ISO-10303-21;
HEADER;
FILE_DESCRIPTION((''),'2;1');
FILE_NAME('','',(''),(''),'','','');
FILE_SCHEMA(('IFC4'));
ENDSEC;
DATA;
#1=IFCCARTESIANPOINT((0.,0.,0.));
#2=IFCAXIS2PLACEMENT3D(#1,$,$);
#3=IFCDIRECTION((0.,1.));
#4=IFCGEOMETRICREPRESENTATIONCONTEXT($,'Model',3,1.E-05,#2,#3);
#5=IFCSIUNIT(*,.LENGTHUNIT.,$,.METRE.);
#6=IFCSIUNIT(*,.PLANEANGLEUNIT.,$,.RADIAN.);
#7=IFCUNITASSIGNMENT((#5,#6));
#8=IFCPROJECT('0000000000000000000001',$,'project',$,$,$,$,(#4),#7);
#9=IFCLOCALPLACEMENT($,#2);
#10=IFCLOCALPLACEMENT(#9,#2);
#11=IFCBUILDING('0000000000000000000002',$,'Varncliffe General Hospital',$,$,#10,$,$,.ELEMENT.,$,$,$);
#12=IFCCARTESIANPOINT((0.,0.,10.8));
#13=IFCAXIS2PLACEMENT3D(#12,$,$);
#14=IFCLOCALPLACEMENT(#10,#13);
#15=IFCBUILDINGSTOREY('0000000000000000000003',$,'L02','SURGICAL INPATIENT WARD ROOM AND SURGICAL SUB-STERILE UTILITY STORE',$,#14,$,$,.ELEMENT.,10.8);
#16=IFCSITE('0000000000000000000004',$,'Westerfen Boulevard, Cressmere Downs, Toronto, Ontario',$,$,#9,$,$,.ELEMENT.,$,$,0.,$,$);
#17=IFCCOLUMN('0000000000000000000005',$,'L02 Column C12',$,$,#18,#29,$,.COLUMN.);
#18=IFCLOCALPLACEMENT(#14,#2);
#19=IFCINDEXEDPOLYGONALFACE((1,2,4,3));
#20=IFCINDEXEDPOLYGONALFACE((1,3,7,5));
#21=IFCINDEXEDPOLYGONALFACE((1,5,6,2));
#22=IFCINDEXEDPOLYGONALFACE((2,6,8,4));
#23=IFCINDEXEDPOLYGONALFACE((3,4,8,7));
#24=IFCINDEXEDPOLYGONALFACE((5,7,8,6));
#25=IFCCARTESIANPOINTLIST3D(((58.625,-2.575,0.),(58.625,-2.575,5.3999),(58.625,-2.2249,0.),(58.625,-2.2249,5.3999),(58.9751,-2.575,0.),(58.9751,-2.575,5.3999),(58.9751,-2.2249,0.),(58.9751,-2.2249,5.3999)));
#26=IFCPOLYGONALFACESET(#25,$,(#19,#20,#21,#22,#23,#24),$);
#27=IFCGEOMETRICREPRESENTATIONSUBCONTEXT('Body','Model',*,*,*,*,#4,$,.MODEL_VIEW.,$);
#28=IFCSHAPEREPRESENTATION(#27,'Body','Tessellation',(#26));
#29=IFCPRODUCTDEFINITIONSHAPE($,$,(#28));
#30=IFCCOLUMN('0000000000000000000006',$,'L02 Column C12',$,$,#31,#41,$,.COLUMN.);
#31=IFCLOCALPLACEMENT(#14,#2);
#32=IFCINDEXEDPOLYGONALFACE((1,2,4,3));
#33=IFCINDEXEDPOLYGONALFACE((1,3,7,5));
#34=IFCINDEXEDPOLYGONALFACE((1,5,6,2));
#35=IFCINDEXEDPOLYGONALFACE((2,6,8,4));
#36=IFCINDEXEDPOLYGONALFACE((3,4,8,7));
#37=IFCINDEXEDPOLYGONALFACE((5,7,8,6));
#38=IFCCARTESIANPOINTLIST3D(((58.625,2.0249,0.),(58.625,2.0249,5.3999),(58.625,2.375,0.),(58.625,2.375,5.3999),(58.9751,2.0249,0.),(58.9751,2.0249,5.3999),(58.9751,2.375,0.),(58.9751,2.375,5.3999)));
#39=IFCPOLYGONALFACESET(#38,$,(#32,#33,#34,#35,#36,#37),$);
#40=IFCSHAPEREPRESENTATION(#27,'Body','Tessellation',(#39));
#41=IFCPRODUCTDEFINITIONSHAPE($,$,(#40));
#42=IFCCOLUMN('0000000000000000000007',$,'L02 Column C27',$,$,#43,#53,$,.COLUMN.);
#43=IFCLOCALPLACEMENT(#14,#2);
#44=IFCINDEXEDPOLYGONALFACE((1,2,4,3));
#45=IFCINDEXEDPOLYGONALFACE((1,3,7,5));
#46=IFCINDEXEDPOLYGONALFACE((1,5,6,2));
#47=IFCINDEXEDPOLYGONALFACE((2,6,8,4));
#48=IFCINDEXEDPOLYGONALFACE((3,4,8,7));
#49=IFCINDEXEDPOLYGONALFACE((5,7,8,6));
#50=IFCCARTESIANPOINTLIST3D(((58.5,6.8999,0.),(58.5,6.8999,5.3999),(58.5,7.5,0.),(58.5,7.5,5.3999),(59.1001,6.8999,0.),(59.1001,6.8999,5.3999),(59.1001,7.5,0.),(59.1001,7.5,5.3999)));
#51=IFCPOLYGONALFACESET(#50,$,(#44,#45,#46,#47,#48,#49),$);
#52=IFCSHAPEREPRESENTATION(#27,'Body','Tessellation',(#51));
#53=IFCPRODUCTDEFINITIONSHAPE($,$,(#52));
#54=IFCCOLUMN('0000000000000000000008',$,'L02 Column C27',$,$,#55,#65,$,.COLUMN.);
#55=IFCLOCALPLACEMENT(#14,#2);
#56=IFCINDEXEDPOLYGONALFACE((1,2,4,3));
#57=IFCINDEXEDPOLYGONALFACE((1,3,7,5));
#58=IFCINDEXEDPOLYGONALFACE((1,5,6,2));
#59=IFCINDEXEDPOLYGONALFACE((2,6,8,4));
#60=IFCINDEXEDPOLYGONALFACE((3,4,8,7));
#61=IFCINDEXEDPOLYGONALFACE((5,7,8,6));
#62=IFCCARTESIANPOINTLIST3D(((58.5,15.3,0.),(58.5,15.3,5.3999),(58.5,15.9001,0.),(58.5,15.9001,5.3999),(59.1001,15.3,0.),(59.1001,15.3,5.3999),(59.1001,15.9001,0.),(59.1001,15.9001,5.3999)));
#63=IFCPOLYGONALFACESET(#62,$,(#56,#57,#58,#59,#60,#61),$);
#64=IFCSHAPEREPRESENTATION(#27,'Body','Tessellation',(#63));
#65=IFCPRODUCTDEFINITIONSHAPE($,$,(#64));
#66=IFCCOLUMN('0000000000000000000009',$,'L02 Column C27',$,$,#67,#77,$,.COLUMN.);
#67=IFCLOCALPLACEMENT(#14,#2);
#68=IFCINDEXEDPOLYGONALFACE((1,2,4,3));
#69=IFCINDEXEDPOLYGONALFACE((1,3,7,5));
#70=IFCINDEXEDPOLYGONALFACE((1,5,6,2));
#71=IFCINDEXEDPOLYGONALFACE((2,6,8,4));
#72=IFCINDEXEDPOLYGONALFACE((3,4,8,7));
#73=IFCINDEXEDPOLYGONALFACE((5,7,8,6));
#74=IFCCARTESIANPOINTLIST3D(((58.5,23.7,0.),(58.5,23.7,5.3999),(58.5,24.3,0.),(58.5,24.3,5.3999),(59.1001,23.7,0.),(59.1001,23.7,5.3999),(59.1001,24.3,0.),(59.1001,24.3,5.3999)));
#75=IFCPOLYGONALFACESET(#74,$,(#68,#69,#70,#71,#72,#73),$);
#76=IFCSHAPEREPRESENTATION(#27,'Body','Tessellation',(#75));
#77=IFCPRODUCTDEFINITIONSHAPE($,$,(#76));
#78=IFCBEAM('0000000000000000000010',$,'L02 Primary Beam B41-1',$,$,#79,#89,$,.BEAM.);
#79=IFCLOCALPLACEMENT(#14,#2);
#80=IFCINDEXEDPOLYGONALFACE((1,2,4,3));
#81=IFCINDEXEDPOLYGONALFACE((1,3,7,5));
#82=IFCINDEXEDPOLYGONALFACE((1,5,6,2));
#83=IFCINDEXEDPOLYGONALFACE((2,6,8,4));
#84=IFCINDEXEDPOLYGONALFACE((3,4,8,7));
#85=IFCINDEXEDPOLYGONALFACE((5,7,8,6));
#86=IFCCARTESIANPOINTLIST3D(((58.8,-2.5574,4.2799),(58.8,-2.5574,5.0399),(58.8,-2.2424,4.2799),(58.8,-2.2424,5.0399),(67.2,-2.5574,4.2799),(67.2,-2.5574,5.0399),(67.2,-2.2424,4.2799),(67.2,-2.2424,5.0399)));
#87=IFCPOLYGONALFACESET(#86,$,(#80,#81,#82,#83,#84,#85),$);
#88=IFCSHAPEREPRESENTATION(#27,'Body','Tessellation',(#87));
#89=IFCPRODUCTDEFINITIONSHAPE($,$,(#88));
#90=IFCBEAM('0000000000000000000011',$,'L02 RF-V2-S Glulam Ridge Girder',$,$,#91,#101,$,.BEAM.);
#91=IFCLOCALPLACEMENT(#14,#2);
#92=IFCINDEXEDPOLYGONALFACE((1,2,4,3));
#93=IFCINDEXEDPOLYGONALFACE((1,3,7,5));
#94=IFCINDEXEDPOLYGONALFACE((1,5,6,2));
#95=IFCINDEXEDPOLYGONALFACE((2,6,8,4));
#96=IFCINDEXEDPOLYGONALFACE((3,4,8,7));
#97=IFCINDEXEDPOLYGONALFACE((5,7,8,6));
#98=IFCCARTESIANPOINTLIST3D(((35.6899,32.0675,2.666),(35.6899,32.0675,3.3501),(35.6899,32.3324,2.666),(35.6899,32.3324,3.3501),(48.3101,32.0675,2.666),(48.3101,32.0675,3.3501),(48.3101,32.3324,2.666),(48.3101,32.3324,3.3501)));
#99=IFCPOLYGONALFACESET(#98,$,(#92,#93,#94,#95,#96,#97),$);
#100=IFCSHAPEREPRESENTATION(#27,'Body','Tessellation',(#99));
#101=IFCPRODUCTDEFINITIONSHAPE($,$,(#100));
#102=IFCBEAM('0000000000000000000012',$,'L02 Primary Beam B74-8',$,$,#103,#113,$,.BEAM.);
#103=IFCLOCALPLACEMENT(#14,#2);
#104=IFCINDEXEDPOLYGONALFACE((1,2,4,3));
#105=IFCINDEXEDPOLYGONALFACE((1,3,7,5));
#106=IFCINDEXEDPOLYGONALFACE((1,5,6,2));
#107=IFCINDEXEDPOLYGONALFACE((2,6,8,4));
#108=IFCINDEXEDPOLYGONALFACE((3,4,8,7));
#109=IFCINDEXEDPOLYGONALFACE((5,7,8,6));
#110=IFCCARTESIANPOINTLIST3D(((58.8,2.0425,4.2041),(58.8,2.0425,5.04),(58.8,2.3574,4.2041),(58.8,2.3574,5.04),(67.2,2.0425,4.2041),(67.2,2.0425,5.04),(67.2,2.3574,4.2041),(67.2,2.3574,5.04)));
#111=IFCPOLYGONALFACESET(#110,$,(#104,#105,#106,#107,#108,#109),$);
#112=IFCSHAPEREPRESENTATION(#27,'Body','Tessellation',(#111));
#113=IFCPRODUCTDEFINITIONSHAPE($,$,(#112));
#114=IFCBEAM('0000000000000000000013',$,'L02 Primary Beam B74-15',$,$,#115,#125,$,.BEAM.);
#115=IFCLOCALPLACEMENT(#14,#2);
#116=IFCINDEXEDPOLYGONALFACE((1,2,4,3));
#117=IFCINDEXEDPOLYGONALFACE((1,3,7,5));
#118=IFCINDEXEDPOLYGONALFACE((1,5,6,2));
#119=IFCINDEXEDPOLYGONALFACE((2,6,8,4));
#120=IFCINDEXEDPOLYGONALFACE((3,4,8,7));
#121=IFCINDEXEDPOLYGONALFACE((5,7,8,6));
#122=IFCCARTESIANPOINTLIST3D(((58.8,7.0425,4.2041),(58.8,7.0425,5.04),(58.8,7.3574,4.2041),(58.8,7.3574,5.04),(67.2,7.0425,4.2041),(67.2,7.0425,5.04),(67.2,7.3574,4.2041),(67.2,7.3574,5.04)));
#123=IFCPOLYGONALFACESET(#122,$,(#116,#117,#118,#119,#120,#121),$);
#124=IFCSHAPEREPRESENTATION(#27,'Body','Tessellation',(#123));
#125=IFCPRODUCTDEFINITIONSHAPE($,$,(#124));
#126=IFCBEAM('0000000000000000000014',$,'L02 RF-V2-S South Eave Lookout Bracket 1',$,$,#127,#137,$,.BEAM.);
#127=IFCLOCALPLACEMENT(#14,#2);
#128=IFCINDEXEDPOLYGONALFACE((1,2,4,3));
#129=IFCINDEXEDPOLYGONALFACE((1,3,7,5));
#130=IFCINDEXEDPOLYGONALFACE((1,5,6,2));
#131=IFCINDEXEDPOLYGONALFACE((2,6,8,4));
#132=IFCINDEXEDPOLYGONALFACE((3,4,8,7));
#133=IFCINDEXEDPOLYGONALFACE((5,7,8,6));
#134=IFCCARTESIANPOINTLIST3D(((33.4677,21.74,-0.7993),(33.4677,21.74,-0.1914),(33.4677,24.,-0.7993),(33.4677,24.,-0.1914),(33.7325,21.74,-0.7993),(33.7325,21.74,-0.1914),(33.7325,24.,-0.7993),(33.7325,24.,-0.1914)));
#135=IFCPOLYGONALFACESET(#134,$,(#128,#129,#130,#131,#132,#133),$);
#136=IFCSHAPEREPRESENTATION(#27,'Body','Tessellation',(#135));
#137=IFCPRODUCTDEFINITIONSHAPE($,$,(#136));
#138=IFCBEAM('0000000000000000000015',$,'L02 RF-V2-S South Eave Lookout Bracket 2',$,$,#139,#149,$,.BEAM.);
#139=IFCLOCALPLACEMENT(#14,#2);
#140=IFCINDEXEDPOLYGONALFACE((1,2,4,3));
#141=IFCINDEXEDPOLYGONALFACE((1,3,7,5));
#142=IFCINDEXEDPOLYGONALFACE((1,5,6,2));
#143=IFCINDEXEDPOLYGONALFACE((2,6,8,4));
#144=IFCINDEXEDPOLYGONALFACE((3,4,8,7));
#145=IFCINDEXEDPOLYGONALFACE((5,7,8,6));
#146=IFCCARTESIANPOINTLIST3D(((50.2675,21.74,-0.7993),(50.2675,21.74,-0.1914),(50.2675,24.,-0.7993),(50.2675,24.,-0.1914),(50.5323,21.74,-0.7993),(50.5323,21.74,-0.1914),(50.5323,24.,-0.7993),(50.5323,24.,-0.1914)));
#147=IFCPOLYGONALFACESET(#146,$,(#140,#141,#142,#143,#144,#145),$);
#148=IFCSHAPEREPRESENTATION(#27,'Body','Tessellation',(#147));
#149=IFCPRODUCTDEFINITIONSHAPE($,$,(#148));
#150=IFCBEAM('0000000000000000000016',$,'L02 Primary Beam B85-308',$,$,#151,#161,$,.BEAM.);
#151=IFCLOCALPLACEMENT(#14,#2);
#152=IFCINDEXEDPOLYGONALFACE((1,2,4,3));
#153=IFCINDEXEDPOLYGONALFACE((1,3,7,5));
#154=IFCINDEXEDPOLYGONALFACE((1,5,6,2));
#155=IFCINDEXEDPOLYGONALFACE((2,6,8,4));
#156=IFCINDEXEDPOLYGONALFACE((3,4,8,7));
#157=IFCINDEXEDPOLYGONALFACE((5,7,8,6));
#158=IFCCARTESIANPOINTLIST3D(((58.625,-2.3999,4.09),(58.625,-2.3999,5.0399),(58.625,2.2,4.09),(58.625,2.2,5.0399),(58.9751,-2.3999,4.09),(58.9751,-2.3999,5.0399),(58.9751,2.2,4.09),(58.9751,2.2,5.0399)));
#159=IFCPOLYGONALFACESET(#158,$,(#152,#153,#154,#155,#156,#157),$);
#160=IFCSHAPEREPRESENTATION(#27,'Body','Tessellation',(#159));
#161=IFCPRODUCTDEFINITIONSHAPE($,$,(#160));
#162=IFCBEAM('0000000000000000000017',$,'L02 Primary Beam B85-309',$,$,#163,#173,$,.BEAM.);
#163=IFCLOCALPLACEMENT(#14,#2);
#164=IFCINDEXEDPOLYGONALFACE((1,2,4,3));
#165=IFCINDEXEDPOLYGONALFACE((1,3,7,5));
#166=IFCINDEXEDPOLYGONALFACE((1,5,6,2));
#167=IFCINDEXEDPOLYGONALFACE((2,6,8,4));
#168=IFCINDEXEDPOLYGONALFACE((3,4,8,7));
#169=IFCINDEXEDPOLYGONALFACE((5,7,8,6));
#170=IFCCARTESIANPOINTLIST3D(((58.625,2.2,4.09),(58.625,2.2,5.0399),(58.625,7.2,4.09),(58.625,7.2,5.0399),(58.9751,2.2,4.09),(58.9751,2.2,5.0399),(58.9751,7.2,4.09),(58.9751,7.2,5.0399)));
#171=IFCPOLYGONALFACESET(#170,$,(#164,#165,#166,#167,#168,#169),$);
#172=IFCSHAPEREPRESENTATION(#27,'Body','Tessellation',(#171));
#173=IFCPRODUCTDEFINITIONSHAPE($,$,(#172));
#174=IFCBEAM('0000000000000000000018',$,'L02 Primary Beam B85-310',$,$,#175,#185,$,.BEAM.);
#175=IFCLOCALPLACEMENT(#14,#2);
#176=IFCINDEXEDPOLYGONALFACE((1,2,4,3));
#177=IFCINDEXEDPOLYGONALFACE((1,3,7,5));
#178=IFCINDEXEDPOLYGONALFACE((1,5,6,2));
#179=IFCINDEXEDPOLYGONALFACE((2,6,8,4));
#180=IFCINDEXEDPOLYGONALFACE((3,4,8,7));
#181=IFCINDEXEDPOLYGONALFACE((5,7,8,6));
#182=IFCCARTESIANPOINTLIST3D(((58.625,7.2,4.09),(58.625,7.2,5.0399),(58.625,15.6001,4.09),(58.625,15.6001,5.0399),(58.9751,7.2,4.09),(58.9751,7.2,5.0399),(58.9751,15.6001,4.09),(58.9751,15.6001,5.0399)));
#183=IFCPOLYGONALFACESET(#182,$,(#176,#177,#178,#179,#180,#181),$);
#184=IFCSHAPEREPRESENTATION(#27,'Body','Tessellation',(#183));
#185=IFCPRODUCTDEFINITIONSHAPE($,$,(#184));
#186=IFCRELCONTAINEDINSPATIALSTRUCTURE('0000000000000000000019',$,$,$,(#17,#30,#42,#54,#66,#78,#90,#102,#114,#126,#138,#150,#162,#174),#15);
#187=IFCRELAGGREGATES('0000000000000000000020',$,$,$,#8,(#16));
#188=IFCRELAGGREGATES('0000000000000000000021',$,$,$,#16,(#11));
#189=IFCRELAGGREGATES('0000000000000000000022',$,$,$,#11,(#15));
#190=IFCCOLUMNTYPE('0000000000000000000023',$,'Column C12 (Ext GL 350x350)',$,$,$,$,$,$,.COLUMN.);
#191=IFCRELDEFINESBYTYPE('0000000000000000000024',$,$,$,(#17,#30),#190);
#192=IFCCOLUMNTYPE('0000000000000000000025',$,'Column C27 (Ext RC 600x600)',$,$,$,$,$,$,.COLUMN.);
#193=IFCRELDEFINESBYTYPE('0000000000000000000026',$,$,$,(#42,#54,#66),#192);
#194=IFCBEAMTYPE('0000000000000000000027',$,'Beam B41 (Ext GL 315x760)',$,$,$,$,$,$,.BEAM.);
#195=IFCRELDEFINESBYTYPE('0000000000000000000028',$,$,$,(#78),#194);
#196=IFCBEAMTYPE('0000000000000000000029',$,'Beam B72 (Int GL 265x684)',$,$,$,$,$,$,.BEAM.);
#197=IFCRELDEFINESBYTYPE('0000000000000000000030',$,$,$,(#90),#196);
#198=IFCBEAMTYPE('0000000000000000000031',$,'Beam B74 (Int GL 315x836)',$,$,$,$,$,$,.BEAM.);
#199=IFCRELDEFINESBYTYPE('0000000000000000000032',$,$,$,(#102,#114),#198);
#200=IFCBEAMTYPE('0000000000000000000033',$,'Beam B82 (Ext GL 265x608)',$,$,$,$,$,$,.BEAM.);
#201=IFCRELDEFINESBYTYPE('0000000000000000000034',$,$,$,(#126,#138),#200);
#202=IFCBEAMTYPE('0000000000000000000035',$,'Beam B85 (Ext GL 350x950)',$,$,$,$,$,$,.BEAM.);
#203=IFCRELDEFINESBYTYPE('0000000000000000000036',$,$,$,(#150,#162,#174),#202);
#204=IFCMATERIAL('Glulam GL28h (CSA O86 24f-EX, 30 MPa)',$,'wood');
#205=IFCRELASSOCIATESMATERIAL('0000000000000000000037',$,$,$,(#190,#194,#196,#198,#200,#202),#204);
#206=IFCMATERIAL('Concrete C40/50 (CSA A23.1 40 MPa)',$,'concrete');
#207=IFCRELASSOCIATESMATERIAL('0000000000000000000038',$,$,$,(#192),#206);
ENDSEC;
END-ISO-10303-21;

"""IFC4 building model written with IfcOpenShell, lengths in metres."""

from ifc_helpers import new_model, si_unit, direction, frame, origin, origin_2d, place, context, subcontext, project, spatial, rectangle, extrude, material, material_profile, profile_set, type_object, element, save


model = new_model("IFC4")

# Units and contexts
model_context = context("Model", 3, precision=1e-05, world=origin(), true_north=direction((0.0, 1.0)))
body_context = subcontext(model_context, "Body", "Model", "MODEL_VIEW")
ifc_project = project(units=[si_unit("LENGTHUNIT", "METRE"), si_unit("PLANEANGLEUNIT", "RADIAN")], contexts=[model_context])

# Site, building, storey
site_placement = place(None, origin())
site = spatial("IfcSite", under=ifc_project, at=site_placement, Name="Westerfen Boulevard, Cressmere Downs, Toronto, Ontario", CompositionType="ELEMENT", RefElevation=0.0)
building_placement = place(site_placement, origin())
building = spatial("IfcBuilding", under=site, at=building_placement, Name="Varncliffe General Hospital", CompositionType="ELEMENT")
storey_placement = place(building_placement, frame((0.0, 0.0, 10.8)))
storey = spatial("IfcBuildingStorey", under=building, at=storey_placement, Name="L02", Description="SURGICAL INPATIENT WARD ROOM AND SURGICAL SUB-STERILE UTILITY STORE", CompositionType="ELEMENT", Elevation=10.8)

# Columns
ifc_material_1 = material(Name="Glulam GL28h (CSA O86 24f-EX, 30 MPa)", Category="wood")
ifc_material_profile_1 = material_profile(ifc_material_1, rectangle(XDim=0.3501, YDim=0.3501, at=origin_2d()), Name="GL 350x350")
ifc_profile_set_1 = profile_set([ifc_material_profile_1], Name="Glulam GL28h (CSA O86 24f-EX, 30 MPa)")
column_type_1 = type_object("IfcColumnType", Name="Column C12 (Ext GL 350x350)", PredefinedType="COLUMN", material=ifc_profile_set_1)
for number, where, z_axis, x_axis, name in (
    (1, (58.8, -2.3999, 0.0), (0.0, 0.0, 1.0), (1.0, 0.0, 0.0), "L02 Column C12"),
    (2, (58.8, 2.2, 0.0), (0.0, 0.0, 1.0), (1.0, 0.0, 0.0), "L02 Column C12"),
):
    element("IfcColumn", number, at=place(storey_placement, frame(where, z_axis=z_axis, x_axis=x_axis)), inside=storey, type_object=column_type_1, Name=name, PredefinedType="COLUMN", context=body_context, shape_type="SweptSolid", body=[
        extrude(rectangle(XDim=0.3501, YDim=0.3501, at=origin_2d()), origin(), (0.0, 0.0, 1.0), 5.3999),
    ])
ifc_material_2 = material(Name="Concrete C40/50 (CSA A23.1 40 MPa)", Category="concrete")
ifc_material_profile_2 = material_profile(ifc_material_2, rectangle(XDim=0.6001, YDim=0.6001, at=origin_2d()), Name="RC 600x600")
ifc_profile_set_2 = profile_set([ifc_material_profile_2], Name="Concrete C40/50 (CSA A23.1 40 MPa)")
column_type_2 = type_object("IfcColumnType", Name="Column C27 (Ext RC 600x600)", PredefinedType="COLUMN", material=ifc_profile_set_2)
for number, where, z_axis, x_axis, name in (
    (3, (58.8, 7.2, 0.0), (0.0, 0.0, 1.0), (1.0, 0.0, 0.0), "L02 Column C27"),
    (4, (58.8, 15.6001, 0.0), (0.0, 0.0, 1.0), (1.0, 0.0, 0.0), "L02 Column C27"),
    (5, (58.8, 24.0, 0.0), (0.0, 0.0, 1.0), (1.0, 0.0, 0.0), "L02 Column C27"),
):
    element("IfcColumn", number, at=place(storey_placement, frame(where, z_axis=z_axis, x_axis=x_axis)), inside=storey, type_object=column_type_2, Name=name, PredefinedType="COLUMN", context=body_context, shape_type="SweptSolid", body=[
        extrude(rectangle(XDim=0.6001, YDim=0.6001, at=origin_2d()), origin(), (0.0, 0.0, 1.0), 5.3999),
    ])

# Beams
ifc_material_profile_3 = material_profile(ifc_material_1, rectangle(XDim=0.3149, YDim=0.76, at=origin_2d()), Name="GL 315x760")
ifc_profile_set_3 = profile_set([ifc_material_profile_3], Name="Glulam GL28h (CSA O86 24f-EX, 30 MPa)")
beam_type_1 = type_object("IfcBeamType", Name="Beam B41 (Ext GL 315x760)", PredefinedType="BEAM", material=ifc_profile_set_3)
beam_1_placement = place(storey_placement, frame((58.8, -2.3999, 4.6599), z_axis=(1.0, 0.0, 0.0), x_axis=(0.0, 1.0, 0.0)))
element("IfcBeam", 6, at=beam_1_placement, inside=storey, type_object=beam_type_1, Name="L02 Primary Beam B41-1", PredefinedType="BEAM", context=body_context, shape_type="SweptSolid", body=[
    extrude(rectangle(XDim=0.3149, YDim=0.76, at=origin_2d()), origin(), (0.0, 0.0, 1.0), 8.3999),
])
ifc_material_profile_4 = material_profile(ifc_material_1, rectangle(XDim=0.2649, YDim=0.6841, at=origin_2d()), Name="GL 265x684")
ifc_profile_set_4 = profile_set([ifc_material_profile_4], Name="Glulam GL28h (CSA O86 24f-EX, 30 MPa)")
beam_type_2 = type_object("IfcBeamType", Name="Beam B72 (Int GL 265x684)", PredefinedType="BEAM", material=ifc_profile_set_4)
beam_2_placement = place(storey_placement, frame((35.6899, 32.2, 3.0081), z_axis=(1.0, 0.0, 0.0), x_axis=(0.0, 1.0, 0.0)))
element("IfcBeam", 7, at=beam_2_placement, inside=storey, type_object=beam_type_2, Name="L02 RF-V2-S Glulam Ridge Girder", PredefinedType="BEAM", context=body_context, shape_type="SweptSolid", body=[
    extrude(rectangle(XDim=0.2649, YDim=0.6841, at=origin_2d()), origin(), (0.0, 0.0, 1.0), 12.6201),
])
ifc_material_profile_5 = material_profile(ifc_material_1, rectangle(XDim=0.3149, YDim=0.8359, at=origin_2d()), Name="GL 315x836")
ifc_profile_set_5 = profile_set([ifc_material_profile_5], Name="Glulam GL28h (CSA O86 24f-EX, 30 MPa)")
beam_type_3 = type_object("IfcBeamType", Name="Beam B74 (Int GL 315x836)", PredefinedType="BEAM", material=ifc_profile_set_5)
for number, where, z_axis, x_axis, name in (
    (8, (58.8, 2.2, 4.6221), (1.0, 0.0, 0.0), (0.0, 1.0, 0.0), "L02 Primary Beam B74-8"),
    (9, (58.8, 7.2, 4.6221), (1.0, 0.0, 0.0), (0.0, 1.0, 0.0), "L02 Primary Beam B74-15"),
):
    element("IfcBeam", number, at=place(storey_placement, frame(where, z_axis=z_axis, x_axis=x_axis)), inside=storey, type_object=beam_type_3, Name=name, PredefinedType="BEAM", context=body_context, shape_type="SweptSolid", body=[
        extrude(rectangle(XDim=0.3149, YDim=0.8359, at=origin_2d()), origin(), (0.0, 0.0, 1.0), 8.3999),
    ])
ifc_material_profile_6 = material_profile(ifc_material_1, rectangle(XDim=0.2649, YDim=0.6079, at=origin_2d()), Name="GL 265x608")
ifc_profile_set_6 = profile_set([ifc_material_profile_6], Name="Glulam GL28h (CSA O86 24f-EX, 30 MPa)")
beam_type_4 = type_object("IfcBeamType", Name="Beam B82 (Ext GL 265x608)", PredefinedType="BEAM", material=ifc_profile_set_6)
for number, where, z_axis, x_axis, name in (
    (10, (33.6001, 21.74, -0.4954), (0.0, 1.0, 0.0), (-1.0, 0.0, 0.0), "L02 RF-V2-S South Eave Lookout Bracket 1"),
    (11, (50.3999, 21.74, -0.4954), (0.0, 1.0, 0.0), (-1.0, 0.0, 0.0), "L02 RF-V2-S South Eave Lookout Bracket 2"),
):
    element("IfcBeam", number, at=place(storey_placement, frame(where, z_axis=z_axis, x_axis=x_axis)), inside=storey, type_object=beam_type_4, Name=name, PredefinedType="BEAM", context=body_context, shape_type="SweptSolid", body=[
        extrude(rectangle(XDim=0.2649, YDim=0.6079, at=origin_2d()), origin(), (0.0, 0.0, 1.0), 2.26),
    ])
ifc_material_profile_7 = material_profile(ifc_material_1, rectangle(XDim=0.3501, YDim=0.95, at=origin_2d()), Name="GL 350x950")
ifc_profile_set_7 = profile_set([ifc_material_profile_7], Name="Glulam GL28h (CSA O86 24f-EX, 30 MPa)")
beam_type_5 = type_object("IfcBeamType", Name="Beam B85 (Ext GL 350x950)", PredefinedType="BEAM", material=ifc_profile_set_7)
beam_3_placement = place(storey_placement, frame((58.8, -2.3999, 4.5649), z_axis=(0.0, 1.0, 0.0), x_axis=(-1.0, 0.0, 0.0)))
element("IfcBeam", 12, at=beam_3_placement, inside=storey, type_object=beam_type_5, Name="L02 Primary Beam B85-308", PredefinedType="BEAM", context=body_context, shape_type="SweptSolid", body=[
    extrude(rectangle(XDim=0.3501, YDim=0.95, at=origin_2d()), origin(), (0.0, 0.0, 1.0), 4.5999),
])
beam_4_placement = place(storey_placement, frame((58.8, 2.2, 4.5649), z_axis=(0.0, 1.0, 0.0), x_axis=(-1.0, 0.0, 0.0)))
element("IfcBeam", 13, at=beam_4_placement, inside=storey, type_object=beam_type_5, Name="L02 Primary Beam B85-309", PredefinedType="BEAM", context=body_context, shape_type="SweptSolid", body=[
    extrude(rectangle(XDim=0.3501, YDim=0.95, at=origin_2d()), origin(), (0.0, 0.0, 1.0), 5.0),
])
beam_5_placement = place(storey_placement, frame((58.8, 7.2, 4.5649), z_axis=(0.0, 1.0, 0.0), x_axis=(-1.0, 0.0, 0.0)))
element("IfcBeam", 14, at=beam_5_placement, inside=storey, type_object=beam_type_5, Name="L02 Primary Beam B85-310", PredefinedType="BEAM", context=body_context, shape_type="SweptSolid", body=[
    extrude(rectangle(XDim=0.3501, YDim=0.95, at=origin_2d()), origin(), (0.0, 0.0, 1.0), 8.4001),
])

save(model, "model.ifc")
